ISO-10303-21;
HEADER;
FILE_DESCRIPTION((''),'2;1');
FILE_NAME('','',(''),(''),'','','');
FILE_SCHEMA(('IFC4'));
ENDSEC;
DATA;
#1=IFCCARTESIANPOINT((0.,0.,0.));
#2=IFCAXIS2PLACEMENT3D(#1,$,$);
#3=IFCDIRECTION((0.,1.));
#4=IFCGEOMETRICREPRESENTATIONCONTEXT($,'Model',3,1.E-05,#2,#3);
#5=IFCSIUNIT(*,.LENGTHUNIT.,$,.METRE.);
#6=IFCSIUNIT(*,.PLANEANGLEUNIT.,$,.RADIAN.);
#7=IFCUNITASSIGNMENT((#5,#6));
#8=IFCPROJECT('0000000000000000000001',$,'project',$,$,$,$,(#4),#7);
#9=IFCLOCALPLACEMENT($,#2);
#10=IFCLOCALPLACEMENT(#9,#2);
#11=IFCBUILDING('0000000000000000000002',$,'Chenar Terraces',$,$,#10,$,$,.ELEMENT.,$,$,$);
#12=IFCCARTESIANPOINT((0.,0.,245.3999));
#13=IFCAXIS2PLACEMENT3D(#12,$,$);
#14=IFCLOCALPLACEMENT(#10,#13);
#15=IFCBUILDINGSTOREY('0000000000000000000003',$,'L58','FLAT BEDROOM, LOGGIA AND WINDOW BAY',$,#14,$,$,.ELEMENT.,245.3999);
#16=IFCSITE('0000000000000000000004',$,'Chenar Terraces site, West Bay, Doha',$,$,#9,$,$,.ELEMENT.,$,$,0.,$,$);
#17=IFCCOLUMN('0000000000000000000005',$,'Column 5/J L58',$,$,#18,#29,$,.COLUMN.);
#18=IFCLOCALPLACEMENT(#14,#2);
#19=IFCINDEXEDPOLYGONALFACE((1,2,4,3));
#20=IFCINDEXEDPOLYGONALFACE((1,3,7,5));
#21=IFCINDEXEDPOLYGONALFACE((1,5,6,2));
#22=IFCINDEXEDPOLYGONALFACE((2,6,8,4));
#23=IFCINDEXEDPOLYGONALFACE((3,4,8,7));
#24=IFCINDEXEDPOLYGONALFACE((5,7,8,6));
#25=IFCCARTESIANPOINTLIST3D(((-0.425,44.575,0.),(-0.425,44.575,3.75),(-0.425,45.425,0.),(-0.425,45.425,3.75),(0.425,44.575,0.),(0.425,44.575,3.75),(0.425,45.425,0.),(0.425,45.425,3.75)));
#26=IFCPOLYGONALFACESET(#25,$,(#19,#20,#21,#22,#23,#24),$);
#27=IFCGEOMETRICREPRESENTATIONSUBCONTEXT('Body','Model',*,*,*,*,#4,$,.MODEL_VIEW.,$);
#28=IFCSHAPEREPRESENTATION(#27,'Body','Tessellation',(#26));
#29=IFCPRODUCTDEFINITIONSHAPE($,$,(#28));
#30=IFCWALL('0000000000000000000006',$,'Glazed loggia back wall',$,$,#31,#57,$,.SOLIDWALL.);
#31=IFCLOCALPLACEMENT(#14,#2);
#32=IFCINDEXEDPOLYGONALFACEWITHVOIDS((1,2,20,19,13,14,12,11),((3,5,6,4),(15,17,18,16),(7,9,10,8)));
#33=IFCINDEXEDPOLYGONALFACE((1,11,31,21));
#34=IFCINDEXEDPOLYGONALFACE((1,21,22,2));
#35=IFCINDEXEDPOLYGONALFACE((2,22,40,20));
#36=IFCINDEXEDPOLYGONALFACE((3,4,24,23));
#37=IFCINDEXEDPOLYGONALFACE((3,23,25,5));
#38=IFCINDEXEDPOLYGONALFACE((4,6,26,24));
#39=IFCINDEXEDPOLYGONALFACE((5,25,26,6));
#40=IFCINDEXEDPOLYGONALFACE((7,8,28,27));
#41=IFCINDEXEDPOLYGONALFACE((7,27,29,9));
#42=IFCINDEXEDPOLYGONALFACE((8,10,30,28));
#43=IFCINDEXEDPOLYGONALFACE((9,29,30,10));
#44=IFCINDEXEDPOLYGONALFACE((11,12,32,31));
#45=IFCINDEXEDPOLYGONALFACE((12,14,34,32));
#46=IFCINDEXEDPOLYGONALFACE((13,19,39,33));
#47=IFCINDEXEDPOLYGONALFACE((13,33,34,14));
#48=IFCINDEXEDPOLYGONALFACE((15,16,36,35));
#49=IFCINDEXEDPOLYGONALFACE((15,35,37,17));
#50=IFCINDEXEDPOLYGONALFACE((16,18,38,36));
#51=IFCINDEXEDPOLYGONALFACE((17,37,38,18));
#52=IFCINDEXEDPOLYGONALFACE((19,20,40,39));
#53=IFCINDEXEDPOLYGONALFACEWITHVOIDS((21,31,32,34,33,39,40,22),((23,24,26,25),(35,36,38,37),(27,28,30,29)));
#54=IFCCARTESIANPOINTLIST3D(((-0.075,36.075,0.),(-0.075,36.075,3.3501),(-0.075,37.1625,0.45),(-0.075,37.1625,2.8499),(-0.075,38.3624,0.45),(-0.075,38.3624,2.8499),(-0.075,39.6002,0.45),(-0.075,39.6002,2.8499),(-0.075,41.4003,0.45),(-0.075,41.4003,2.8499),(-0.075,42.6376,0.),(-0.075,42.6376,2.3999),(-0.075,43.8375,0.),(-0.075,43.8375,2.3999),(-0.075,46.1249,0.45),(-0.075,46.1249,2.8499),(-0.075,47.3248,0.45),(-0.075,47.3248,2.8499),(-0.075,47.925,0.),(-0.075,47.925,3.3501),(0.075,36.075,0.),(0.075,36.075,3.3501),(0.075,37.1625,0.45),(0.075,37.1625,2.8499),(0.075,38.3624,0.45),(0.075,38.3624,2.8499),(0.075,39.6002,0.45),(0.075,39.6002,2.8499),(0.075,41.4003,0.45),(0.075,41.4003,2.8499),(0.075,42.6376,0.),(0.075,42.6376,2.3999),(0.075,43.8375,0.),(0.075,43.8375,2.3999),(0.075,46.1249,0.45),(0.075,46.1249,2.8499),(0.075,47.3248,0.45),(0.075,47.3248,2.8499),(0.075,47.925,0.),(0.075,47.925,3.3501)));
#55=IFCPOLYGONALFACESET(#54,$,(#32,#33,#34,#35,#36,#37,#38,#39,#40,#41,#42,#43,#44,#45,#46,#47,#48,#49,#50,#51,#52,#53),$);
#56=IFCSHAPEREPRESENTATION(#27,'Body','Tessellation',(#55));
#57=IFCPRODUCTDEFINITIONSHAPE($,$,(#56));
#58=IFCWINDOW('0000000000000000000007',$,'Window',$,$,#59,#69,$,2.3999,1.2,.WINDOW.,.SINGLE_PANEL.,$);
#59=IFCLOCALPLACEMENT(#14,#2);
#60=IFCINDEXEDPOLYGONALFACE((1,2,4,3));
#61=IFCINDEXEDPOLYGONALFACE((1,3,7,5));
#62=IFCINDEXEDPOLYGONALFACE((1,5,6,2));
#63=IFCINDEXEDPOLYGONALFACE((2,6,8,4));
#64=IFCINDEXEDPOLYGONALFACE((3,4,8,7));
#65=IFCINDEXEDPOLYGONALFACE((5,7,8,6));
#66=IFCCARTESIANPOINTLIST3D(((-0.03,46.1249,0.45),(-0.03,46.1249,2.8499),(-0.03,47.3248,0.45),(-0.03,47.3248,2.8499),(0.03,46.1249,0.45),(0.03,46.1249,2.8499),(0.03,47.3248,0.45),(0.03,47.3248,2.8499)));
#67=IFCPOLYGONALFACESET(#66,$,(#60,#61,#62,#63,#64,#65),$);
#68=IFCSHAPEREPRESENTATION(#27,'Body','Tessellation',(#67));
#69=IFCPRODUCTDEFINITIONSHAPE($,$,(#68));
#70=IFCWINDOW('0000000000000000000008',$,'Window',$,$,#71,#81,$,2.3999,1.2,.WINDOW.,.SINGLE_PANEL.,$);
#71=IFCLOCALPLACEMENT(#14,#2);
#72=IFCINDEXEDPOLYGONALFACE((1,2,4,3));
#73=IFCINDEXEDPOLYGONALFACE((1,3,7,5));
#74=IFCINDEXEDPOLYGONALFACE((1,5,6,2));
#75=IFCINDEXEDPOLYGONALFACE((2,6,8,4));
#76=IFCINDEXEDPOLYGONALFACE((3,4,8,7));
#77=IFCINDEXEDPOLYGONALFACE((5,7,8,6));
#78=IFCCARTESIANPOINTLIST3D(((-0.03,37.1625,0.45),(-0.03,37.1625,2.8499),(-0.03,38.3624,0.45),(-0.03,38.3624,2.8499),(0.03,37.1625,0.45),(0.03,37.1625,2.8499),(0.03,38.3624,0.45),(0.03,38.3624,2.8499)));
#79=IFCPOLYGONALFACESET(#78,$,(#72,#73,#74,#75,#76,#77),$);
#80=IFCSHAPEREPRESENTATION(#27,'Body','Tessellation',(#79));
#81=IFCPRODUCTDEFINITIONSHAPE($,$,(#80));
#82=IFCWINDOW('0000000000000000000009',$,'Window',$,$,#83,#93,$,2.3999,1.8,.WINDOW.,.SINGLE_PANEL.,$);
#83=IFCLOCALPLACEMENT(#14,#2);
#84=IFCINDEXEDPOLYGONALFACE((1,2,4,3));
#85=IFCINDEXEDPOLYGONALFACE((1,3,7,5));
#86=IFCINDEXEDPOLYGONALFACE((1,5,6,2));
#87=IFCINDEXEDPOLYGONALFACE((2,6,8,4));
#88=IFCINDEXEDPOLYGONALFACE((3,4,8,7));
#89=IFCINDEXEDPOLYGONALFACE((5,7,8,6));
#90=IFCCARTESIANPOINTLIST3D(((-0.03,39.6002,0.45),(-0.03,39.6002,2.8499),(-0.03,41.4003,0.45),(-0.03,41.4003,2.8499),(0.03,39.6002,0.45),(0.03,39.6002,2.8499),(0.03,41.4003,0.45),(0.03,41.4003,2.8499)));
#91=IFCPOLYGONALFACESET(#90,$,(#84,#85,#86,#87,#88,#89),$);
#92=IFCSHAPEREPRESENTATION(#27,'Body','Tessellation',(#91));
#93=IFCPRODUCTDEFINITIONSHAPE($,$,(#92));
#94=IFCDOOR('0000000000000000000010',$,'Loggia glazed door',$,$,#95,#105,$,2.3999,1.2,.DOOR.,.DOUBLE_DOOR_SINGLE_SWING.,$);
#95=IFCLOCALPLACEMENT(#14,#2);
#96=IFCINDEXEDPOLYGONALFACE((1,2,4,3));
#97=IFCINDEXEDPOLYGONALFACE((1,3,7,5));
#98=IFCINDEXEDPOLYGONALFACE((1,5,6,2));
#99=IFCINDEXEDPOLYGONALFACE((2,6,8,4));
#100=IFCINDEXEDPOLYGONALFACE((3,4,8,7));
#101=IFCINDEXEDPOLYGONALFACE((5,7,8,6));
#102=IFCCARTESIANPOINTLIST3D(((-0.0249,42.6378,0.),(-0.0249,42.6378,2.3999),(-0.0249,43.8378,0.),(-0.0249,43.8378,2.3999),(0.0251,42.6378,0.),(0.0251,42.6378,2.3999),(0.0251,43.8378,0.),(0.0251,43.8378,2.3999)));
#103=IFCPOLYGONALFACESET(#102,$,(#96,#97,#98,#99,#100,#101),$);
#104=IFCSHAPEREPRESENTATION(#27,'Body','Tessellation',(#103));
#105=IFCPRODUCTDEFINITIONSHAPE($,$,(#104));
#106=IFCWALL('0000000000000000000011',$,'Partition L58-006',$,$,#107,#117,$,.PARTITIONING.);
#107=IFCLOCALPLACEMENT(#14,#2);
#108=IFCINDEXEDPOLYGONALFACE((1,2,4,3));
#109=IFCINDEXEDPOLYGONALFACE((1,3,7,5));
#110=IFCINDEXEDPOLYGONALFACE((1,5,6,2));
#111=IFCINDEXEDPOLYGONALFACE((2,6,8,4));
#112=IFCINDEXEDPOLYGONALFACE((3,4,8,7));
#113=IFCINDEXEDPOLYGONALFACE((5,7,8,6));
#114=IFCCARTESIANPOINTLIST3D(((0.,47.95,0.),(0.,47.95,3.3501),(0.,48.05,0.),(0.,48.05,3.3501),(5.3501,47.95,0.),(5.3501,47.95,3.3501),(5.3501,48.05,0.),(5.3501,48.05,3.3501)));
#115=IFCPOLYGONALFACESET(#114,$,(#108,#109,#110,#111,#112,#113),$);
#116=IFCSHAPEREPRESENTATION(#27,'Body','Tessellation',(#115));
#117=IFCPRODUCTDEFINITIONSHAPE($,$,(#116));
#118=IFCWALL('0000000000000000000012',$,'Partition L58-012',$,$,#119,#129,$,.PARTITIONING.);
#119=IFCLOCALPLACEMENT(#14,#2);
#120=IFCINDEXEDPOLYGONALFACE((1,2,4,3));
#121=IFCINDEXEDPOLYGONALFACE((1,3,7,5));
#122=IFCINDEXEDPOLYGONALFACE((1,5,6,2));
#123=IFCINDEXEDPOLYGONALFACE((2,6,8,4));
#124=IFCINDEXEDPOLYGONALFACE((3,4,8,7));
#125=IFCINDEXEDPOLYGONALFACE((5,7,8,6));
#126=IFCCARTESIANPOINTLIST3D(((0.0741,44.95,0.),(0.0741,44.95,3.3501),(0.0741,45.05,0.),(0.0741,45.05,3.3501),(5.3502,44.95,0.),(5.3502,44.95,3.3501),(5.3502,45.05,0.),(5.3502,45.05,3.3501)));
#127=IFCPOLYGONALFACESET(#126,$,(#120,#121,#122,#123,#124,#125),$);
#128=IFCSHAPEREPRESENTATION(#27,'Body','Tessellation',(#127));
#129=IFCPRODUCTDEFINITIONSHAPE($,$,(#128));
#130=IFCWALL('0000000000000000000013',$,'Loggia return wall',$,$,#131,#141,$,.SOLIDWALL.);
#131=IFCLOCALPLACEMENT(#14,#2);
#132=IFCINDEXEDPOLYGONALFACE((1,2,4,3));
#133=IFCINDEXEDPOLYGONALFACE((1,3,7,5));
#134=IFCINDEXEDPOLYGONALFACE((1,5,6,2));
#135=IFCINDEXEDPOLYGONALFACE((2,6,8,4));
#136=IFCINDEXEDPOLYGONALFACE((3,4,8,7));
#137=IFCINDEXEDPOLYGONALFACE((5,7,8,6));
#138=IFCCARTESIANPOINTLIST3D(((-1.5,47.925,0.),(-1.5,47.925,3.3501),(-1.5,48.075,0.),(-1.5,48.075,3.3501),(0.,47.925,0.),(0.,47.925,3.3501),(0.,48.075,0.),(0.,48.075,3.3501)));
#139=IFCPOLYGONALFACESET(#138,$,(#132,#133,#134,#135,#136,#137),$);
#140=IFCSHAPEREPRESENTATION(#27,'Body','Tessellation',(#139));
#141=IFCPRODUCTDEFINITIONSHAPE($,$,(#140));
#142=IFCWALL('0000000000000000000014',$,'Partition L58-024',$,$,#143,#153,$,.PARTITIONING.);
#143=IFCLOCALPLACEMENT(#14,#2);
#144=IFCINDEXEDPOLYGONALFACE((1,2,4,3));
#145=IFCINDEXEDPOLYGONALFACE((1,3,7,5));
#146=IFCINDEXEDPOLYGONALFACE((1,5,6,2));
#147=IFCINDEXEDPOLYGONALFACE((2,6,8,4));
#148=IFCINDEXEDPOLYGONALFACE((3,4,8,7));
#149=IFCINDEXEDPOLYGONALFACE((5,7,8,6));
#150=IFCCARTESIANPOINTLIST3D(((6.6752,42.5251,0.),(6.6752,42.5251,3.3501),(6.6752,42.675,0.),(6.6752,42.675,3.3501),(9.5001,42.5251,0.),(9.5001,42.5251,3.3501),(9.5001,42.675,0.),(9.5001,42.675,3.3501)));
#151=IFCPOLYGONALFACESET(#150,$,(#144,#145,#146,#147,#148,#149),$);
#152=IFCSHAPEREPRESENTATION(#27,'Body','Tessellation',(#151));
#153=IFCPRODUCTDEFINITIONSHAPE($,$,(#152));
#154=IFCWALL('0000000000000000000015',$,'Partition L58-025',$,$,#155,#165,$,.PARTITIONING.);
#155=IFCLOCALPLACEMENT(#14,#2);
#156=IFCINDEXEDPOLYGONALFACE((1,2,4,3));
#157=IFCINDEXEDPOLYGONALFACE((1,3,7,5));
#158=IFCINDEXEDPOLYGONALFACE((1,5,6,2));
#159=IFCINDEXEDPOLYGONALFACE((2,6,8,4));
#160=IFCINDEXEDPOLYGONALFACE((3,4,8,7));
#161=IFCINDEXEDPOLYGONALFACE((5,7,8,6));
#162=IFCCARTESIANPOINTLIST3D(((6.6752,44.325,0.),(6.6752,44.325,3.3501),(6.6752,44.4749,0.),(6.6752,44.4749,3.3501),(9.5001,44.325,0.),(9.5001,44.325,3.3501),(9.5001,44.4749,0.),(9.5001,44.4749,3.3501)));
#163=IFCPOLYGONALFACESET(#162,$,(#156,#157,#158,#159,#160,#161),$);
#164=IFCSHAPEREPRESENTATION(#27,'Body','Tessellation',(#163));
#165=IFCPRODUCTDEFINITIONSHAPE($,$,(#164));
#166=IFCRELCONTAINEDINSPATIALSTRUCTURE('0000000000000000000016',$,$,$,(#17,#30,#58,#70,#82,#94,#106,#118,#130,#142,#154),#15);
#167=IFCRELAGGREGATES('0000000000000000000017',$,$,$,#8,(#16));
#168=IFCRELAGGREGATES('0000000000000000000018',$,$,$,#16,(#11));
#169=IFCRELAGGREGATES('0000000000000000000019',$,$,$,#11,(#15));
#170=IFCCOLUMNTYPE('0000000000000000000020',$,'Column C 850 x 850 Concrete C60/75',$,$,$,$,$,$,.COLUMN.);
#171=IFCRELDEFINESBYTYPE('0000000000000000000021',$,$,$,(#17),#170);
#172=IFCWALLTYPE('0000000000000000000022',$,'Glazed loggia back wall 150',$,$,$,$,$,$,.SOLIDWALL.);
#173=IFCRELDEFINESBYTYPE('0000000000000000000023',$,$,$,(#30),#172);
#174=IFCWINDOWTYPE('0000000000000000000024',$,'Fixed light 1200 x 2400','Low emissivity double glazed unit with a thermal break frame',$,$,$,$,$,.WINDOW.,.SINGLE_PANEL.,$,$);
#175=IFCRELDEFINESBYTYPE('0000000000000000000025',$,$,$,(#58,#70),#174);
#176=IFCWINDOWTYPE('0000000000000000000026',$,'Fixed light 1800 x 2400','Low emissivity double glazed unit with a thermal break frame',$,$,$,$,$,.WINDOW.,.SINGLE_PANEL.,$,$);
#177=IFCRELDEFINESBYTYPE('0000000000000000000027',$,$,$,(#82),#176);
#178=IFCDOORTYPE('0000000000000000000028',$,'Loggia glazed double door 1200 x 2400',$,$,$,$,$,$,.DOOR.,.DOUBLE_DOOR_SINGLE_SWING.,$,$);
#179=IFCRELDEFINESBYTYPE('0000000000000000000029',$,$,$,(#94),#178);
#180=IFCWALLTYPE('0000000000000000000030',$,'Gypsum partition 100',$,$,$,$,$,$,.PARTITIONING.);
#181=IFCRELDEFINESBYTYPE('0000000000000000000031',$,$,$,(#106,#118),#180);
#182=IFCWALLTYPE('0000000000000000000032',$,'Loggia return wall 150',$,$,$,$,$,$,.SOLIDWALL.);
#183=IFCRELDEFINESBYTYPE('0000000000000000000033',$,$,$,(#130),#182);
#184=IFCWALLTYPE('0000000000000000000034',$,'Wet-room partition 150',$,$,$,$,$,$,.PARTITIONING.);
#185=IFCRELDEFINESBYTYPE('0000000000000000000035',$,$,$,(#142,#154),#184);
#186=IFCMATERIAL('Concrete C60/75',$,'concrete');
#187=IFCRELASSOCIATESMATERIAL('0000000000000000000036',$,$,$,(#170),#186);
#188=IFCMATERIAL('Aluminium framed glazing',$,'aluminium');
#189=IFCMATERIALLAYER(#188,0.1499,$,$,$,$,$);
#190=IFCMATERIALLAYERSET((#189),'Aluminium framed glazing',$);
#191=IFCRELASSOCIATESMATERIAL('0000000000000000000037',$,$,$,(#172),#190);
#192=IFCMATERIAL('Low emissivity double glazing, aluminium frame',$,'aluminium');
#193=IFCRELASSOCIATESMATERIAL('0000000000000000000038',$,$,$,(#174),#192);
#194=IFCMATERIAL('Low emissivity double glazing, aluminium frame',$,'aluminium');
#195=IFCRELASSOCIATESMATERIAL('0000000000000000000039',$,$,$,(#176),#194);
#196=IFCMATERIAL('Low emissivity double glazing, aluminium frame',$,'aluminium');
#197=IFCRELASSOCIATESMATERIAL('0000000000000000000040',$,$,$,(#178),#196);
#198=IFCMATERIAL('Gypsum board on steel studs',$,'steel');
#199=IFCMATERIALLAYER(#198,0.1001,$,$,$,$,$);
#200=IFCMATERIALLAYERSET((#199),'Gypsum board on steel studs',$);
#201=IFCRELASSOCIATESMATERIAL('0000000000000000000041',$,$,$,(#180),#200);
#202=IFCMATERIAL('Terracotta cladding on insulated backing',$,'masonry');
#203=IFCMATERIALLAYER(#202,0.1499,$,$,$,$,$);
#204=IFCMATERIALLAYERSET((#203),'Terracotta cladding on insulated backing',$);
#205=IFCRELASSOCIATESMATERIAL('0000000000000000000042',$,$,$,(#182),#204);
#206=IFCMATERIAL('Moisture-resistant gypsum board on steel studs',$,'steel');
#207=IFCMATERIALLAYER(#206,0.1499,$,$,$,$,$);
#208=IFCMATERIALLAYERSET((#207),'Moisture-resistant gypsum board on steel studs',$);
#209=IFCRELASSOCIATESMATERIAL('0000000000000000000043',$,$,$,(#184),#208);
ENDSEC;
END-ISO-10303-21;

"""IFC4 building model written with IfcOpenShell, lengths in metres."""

from ifc_helpers import new_model, si_unit, direction, frame, frame_2d, origin, origin_2d, place, context, subcontext, project, spatial, rectangle, extrude, material, layer, layer_set, material_profile, profile_set, type_object, element, fill, save


model = new_model("IFC4")

# Units and contexts
model_context = context("Model", 3, precision=1e-05, world=origin(), true_north=direction((0.0, 1.0)))
body_context = subcontext(model_context, "Body", "Model", "MODEL_VIEW")
ifc_project = project(units=[si_unit("LENGTHUNIT", "METRE"), si_unit("PLANEANGLEUNIT", "RADIAN")], contexts=[model_context])

# Site, building, storey
site_placement = place(None, origin())
site = spatial("IfcSite", under=ifc_project, at=site_placement, Name="Chenar Terraces site, West Bay, Doha", CompositionType="ELEMENT", RefElevation=0.0)
building_placement = place(site_placement, origin())
building = spatial("IfcBuilding", under=site, at=building_placement, Name="Chenar Terraces", CompositionType="ELEMENT")
storey_placement = place(building_placement, frame((0.0, 0.0, 245.3999)))
storey = spatial("IfcBuildingStorey", under=building, at=storey_placement, Name="L58", Description="FLAT BEDROOM, LOGGIA AND WINDOW BAY", CompositionType="ELEMENT", Elevation=245.3999)

# Column
ifc_material_1 = material(Name="Concrete C60/75", Category="concrete")
ifc_material_profile_1 = material_profile(ifc_material_1, rectangle(XDim=0.8501, YDim=0.8501, at=origin_2d()), Name="C 850 x 850")
ifc_profile_set_1 = profile_set([ifc_material_profile_1], Name="Concrete C60/75")
column_type = type_object("IfcColumnType", Name="Column C 850 x 850 Concrete C60/75", PredefinedType="COLUMN", material=ifc_profile_set_1)
column_placement = place(storey_placement, frame((0.0, 45.0, 0.0), z_axis=(0.0, 0.0, 1.0), x_axis=(1.0, 0.0, 0.0)))
element("IfcColumn", 1, at=column_placement, inside=storey, type_object=column_type, Name="Column 5/J L58", PredefinedType="COLUMN", context=body_context, shape_type="SweptSolid", body=[
    extrude(rectangle(XDim=0.8501, YDim=0.8501, at=origin_2d()), origin(), (0.0, 0.0, 1.0), 3.75),
])

# Wall, openings, windows, door
ifc_material_2 = material(Name="Aluminium framed glazing", Category="aluminium")
ifc_layer_1 = layer(ifc_material_2, 0.1499)
ifc_layer_set_1 = layer_set([ifc_layer_1], Name="Aluminium framed glazing")
wall_type_1 = type_object("IfcWallType", Name="Glazed loggia back wall 150", PredefinedType="SOLIDWALL", material=ifc_layer_set_1)
wall_1_placement = place(storey_placement, frame((0.0, 47.925, 0.0), z_axis=(0.0, 0.0, 1.0), x_axis=(0.0, -1.0, 0.0)))
wall_1 = element("IfcWall", 2, at=wall_1_placement, inside=storey, type_object=wall_type_1, Name="Glazed loggia back wall", PredefinedType="SOLIDWALL", context=body_context, shape_type="SweptSolid", body=[
    extrude(rectangle(XDim=11.8501, YDim=0.1499, at=frame_2d((5.925, 0.0))), origin(), (0.0, 0.0, 1.0), 3.3501),
])
opening_1_placement = place(wall_1_placement, frame((0.6001, 0.0, 0.45)))
opening_1 = element("IfcOpeningElement", 3, at=opening_1_placement, cuts=wall_1, PredefinedType="OPENING", context=body_context, shape_type="SweptSolid", body=[
    extrude(rectangle(XDim=1.2, YDim=2.3999, at=frame_2d((0.6001, 1.2))), frame((0.0, 0.085, 0.0), z_axis=(0.0, -1.0, 0.0), x_axis=(1.0, 0.0, 0.0)), (0.0, 0.0, 1.0), 0.1699),
])
opening_2_placement = place(wall_1_placement, frame((4.0874, 0.0, 0.0)))
opening_2 = element("IfcOpeningElement", 4, at=opening_2_placement, cuts=wall_1, PredefinedType="OPENING", context=body_context, shape_type="SweptSolid", body=[
    extrude(rectangle(XDim=1.2, YDim=2.3999, at=frame_2d((0.6001, 1.2))), frame((0.0, 0.085, 0.0), z_axis=(0.0, -1.0, 0.0), x_axis=(1.0, 0.0, 0.0)), (0.0, 0.0, 1.0), 0.1699),
])
opening_3_placement = place(wall_1_placement, frame((6.5249, 0.0, 0.45)))
opening_3 = element("IfcOpeningElement", 5, at=opening_3_placement, cuts=wall_1, PredefinedType="OPENING", context=body_context, shape_type="SweptSolid", body=[
    extrude(rectangle(XDim=1.8, YDim=2.3999, at=frame_2d((0.8999, 1.2))), frame((0.0, 0.085, 0.0), z_axis=(0.0, -1.0, 0.0), x_axis=(1.0, 0.0, 0.0)), (0.0, 0.0, 1.0), 0.1699),
])
opening_4_placement = place(wall_1_placement, frame((9.5625, 0.0, 0.45)))
opening_4 = element("IfcOpeningElement", 6, at=opening_4_placement, cuts=wall_1, PredefinedType="OPENING", context=body_context, shape_type="SweptSolid", body=[
    extrude(rectangle(XDim=1.2, YDim=2.3999, at=frame_2d((0.6001, 1.2))), frame((0.0, 0.085, 0.0), z_axis=(0.0, -1.0, 0.0), x_axis=(1.0, 0.0, 0.0)), (0.0, 0.0, 1.0), 0.1699),
])
ifc_material_3 = material(Name="Low emissivity double glazing, aluminium frame", Category="aluminium")
window_type_1 = type_object("IfcWindowType", Name="Fixed light 1200 x 2400", Description="Low emissivity double glazed unit with a thermal break frame", PartitioningType="SINGLE_PANEL", PredefinedType="WINDOW", material=ifc_material_3)
window_1_placement = place(opening_1_placement, origin())
window_1 = element("IfcWindow", 7, at=window_1_placement, inside=storey, type_object=window_type_1, Name="Window", OverallHeight=2.3999, OverallWidth=1.2, PartitioningType="SINGLE_PANEL", PredefinedType="WINDOW", context=body_context, shape_type="SweptSolid", body=[
    extrude(rectangle(XDim=1.2, YDim=2.3999, at=frame_2d((0.6001, 1.2))), frame((0.0, 0.03, 0.0), z_axis=(0.0, -1.0, 0.0), x_axis=(1.0, 0.0, 0.0)), (0.0, 0.0, 1.0), 0.0601),
])
fill(opening_1, window_1)
window_2_placement = place(opening_4_placement, origin())
window_2 = element("IfcWindow", 8, at=window_2_placement, inside=storey, type_object=window_type_1, Name="Window", OverallHeight=2.3999, OverallWidth=1.2, PartitioningType="SINGLE_PANEL", PredefinedType="WINDOW", context=body_context, shape_type="SweptSolid", body=[
    extrude(rectangle(XDim=1.2, YDim=2.3999, at=frame_2d((0.6001, 1.2))), frame((0.0, 0.03, 0.0), z_axis=(0.0, -1.0, 0.0), x_axis=(1.0, 0.0, 0.0)), (0.0, 0.0, 1.0), 0.0601),
])
fill(opening_4, window_2)
ifc_material_4 = material(Name="Low emissivity double glazing, aluminium frame", Category="aluminium")
window_type_2 = type_object("IfcWindowType", Name="Fixed light 1800 x 2400", Description="Low emissivity double glazed unit with a thermal break frame", PartitioningType="SINGLE_PANEL", PredefinedType="WINDOW", material=ifc_material_4)
window_3_placement = place(opening_3_placement, origin())
window_3 = element("IfcWindow", 9, at=window_3_placement, inside=storey, type_object=window_type_2, Name="Window", OverallHeight=2.3999, OverallWidth=1.8, PartitioningType="SINGLE_PANEL", PredefinedType="WINDOW", context=body_context, shape_type="SweptSolid", body=[
    extrude(rectangle(XDim=1.8, YDim=2.3999, at=frame_2d((0.8999, 1.2))), frame((0.0, 0.03, 0.0), z_axis=(0.0, -1.0, 0.0), x_axis=(1.0, 0.0, 0.0)), (0.0, 0.0, 1.0), 0.0601),
])
fill(opening_3, window_3)
ifc_material_5 = material(Name="Low emissivity double glazing, aluminium frame", Category="aluminium")
door_type = type_object("IfcDoorType", Name="Loggia glazed double door 1200 x 2400", OperationType="DOUBLE_DOOR_SINGLE_SWING", PredefinedType="DOOR", material=ifc_material_5)
door_placement = place(opening_2_placement, frame((1.2, 0.0, 0.0), z_axis=(0.0, 0.0, 1.0), x_axis=(-1.0, 0.0, 0.0)))
door = element("IfcDoor", 10, at=door_placement, inside=storey, type_object=door_type, Name="Loggia glazed door", OperationType="DOUBLE_DOOR_SINGLE_SWING", OverallHeight=2.3999, OverallWidth=1.2, PredefinedType="DOOR", context=body_context, shape_type="SweptSolid", body=[
    extrude(rectangle(XDim=1.2, YDim=2.3999, at=frame_2d((0.6001, 1.2))), frame((0.0, 0.0249, 0.0), z_axis=(0.0, -1.0, 0.0), x_axis=(1.0, 0.0, 0.0)), (0.0, 0.0, 1.0), 0.05),
])
fill(opening_2, door)

# Walls
ifc_material_6 = material(Name="Gypsum board on steel studs", Category="steel")
ifc_layer_2 = layer(ifc_material_6, 0.1001)
ifc_layer_set_2 = layer_set([ifc_layer_2], Name="Gypsum board on steel studs")
wall_type_2 = type_object("IfcWallType", Name="Gypsum partition 100", PredefinedType="PARTITIONING", material=ifc_layer_set_2)
wall_2_placement = place(storey_placement, frame((0.0, 48.0, 0.0), z_axis=(0.0, 0.0, 1.0), x_axis=(1.0, 0.0, 0.0)))
element("IfcWall", 11, at=wall_2_placement, inside=storey, type_object=wall_type_2, Name="Partition L58-006", PredefinedType="PARTITIONING", context=body_context, shape_type="SweptSolid", body=[
    extrude(rectangle(XDim=5.3501, YDim=0.1001, at=frame_2d((2.675, 0.0))), origin(), (0.0, 0.0, 1.0), 3.3501),
])
wall_3_placement = place(storey_placement, frame((0.074, 45.0, 0.0), z_axis=(0.0, 0.0, 1.0), x_axis=(1.0, 0.0, 0.0)))
element("IfcWall", 12, at=wall_3_placement, inside=storey, type_object=wall_type_2, Name="Partition L58-012", PredefinedType="PARTITIONING", context=body_context, shape_type="SweptSolid", body=[
    extrude(rectangle(XDim=5.2761, YDim=0.1001, at=frame_2d((2.6382, 0.0))), origin(), (0.0, 0.0, 1.0), 3.3501),
])
ifc_material_7 = material(Name="Terracotta cladding on insulated backing", Category="masonry")
ifc_layer_3 = layer(ifc_material_7, 0.1499)
ifc_layer_set_3 = layer_set([ifc_layer_3], Name="Terracotta cladding on insulated backing")
wall_type_3 = type_object("IfcWallType", Name="Loggia return wall 150", PredefinedType="SOLIDWALL", material=ifc_layer_set_3)
wall_4_placement = place(storey_placement, frame((-1.5, 48.0, 0.0), z_axis=(0.0, 0.0, 1.0), x_axis=(1.0, 0.0, 0.0)))
element("IfcWall", 13, at=wall_4_placement, inside=storey, type_object=wall_type_3, Name="Loggia return wall", PredefinedType="SOLIDWALL", context=body_context, shape_type="SweptSolid", body=[
    extrude(rectangle(XDim=1.5, YDim=0.1499, at=frame_2d((0.75, 0.0))), origin(), (0.0, 0.0, 1.0), 3.3501),
])
ifc_material_8 = material(Name="Moisture-resistant gypsum board on steel studs", Category="steel")
ifc_layer_4 = layer(ifc_material_8, 0.1499)
ifc_layer_set_4 = layer_set([ifc_layer_4], Name="Moisture-resistant gypsum board on steel studs")
wall_type_4 = type_object("IfcWallType", Name="Wet-room partition 150", PredefinedType="PARTITIONING", material=ifc_layer_set_4)
for number, where, z_axis, x_axis, name in (
    (14, (6.675, 42.6001, 0.0), (0.0, 0.0, 1.0), (1.0, 0.0, 0.0), "Partition L58-024"),
    (15, (6.675, 44.3999, 0.0), (0.0, 0.0, 1.0), (1.0, 0.0, 0.0), "Partition L58-025"),
):
    element("IfcWall", number, at=place(storey_placement, frame(where, z_axis=z_axis, x_axis=x_axis)), inside=storey, type_object=wall_type_4, Name=name, PredefinedType="PARTITIONING", context=body_context, shape_type="SweptSolid", body=[
        extrude(rectangle(XDim=2.825, YDim=0.1499, at=frame_2d((1.4126, 0.0))), origin(), (0.0, 0.0, 1.0), 3.3501),
    ])

save(model, "model.ifc")
